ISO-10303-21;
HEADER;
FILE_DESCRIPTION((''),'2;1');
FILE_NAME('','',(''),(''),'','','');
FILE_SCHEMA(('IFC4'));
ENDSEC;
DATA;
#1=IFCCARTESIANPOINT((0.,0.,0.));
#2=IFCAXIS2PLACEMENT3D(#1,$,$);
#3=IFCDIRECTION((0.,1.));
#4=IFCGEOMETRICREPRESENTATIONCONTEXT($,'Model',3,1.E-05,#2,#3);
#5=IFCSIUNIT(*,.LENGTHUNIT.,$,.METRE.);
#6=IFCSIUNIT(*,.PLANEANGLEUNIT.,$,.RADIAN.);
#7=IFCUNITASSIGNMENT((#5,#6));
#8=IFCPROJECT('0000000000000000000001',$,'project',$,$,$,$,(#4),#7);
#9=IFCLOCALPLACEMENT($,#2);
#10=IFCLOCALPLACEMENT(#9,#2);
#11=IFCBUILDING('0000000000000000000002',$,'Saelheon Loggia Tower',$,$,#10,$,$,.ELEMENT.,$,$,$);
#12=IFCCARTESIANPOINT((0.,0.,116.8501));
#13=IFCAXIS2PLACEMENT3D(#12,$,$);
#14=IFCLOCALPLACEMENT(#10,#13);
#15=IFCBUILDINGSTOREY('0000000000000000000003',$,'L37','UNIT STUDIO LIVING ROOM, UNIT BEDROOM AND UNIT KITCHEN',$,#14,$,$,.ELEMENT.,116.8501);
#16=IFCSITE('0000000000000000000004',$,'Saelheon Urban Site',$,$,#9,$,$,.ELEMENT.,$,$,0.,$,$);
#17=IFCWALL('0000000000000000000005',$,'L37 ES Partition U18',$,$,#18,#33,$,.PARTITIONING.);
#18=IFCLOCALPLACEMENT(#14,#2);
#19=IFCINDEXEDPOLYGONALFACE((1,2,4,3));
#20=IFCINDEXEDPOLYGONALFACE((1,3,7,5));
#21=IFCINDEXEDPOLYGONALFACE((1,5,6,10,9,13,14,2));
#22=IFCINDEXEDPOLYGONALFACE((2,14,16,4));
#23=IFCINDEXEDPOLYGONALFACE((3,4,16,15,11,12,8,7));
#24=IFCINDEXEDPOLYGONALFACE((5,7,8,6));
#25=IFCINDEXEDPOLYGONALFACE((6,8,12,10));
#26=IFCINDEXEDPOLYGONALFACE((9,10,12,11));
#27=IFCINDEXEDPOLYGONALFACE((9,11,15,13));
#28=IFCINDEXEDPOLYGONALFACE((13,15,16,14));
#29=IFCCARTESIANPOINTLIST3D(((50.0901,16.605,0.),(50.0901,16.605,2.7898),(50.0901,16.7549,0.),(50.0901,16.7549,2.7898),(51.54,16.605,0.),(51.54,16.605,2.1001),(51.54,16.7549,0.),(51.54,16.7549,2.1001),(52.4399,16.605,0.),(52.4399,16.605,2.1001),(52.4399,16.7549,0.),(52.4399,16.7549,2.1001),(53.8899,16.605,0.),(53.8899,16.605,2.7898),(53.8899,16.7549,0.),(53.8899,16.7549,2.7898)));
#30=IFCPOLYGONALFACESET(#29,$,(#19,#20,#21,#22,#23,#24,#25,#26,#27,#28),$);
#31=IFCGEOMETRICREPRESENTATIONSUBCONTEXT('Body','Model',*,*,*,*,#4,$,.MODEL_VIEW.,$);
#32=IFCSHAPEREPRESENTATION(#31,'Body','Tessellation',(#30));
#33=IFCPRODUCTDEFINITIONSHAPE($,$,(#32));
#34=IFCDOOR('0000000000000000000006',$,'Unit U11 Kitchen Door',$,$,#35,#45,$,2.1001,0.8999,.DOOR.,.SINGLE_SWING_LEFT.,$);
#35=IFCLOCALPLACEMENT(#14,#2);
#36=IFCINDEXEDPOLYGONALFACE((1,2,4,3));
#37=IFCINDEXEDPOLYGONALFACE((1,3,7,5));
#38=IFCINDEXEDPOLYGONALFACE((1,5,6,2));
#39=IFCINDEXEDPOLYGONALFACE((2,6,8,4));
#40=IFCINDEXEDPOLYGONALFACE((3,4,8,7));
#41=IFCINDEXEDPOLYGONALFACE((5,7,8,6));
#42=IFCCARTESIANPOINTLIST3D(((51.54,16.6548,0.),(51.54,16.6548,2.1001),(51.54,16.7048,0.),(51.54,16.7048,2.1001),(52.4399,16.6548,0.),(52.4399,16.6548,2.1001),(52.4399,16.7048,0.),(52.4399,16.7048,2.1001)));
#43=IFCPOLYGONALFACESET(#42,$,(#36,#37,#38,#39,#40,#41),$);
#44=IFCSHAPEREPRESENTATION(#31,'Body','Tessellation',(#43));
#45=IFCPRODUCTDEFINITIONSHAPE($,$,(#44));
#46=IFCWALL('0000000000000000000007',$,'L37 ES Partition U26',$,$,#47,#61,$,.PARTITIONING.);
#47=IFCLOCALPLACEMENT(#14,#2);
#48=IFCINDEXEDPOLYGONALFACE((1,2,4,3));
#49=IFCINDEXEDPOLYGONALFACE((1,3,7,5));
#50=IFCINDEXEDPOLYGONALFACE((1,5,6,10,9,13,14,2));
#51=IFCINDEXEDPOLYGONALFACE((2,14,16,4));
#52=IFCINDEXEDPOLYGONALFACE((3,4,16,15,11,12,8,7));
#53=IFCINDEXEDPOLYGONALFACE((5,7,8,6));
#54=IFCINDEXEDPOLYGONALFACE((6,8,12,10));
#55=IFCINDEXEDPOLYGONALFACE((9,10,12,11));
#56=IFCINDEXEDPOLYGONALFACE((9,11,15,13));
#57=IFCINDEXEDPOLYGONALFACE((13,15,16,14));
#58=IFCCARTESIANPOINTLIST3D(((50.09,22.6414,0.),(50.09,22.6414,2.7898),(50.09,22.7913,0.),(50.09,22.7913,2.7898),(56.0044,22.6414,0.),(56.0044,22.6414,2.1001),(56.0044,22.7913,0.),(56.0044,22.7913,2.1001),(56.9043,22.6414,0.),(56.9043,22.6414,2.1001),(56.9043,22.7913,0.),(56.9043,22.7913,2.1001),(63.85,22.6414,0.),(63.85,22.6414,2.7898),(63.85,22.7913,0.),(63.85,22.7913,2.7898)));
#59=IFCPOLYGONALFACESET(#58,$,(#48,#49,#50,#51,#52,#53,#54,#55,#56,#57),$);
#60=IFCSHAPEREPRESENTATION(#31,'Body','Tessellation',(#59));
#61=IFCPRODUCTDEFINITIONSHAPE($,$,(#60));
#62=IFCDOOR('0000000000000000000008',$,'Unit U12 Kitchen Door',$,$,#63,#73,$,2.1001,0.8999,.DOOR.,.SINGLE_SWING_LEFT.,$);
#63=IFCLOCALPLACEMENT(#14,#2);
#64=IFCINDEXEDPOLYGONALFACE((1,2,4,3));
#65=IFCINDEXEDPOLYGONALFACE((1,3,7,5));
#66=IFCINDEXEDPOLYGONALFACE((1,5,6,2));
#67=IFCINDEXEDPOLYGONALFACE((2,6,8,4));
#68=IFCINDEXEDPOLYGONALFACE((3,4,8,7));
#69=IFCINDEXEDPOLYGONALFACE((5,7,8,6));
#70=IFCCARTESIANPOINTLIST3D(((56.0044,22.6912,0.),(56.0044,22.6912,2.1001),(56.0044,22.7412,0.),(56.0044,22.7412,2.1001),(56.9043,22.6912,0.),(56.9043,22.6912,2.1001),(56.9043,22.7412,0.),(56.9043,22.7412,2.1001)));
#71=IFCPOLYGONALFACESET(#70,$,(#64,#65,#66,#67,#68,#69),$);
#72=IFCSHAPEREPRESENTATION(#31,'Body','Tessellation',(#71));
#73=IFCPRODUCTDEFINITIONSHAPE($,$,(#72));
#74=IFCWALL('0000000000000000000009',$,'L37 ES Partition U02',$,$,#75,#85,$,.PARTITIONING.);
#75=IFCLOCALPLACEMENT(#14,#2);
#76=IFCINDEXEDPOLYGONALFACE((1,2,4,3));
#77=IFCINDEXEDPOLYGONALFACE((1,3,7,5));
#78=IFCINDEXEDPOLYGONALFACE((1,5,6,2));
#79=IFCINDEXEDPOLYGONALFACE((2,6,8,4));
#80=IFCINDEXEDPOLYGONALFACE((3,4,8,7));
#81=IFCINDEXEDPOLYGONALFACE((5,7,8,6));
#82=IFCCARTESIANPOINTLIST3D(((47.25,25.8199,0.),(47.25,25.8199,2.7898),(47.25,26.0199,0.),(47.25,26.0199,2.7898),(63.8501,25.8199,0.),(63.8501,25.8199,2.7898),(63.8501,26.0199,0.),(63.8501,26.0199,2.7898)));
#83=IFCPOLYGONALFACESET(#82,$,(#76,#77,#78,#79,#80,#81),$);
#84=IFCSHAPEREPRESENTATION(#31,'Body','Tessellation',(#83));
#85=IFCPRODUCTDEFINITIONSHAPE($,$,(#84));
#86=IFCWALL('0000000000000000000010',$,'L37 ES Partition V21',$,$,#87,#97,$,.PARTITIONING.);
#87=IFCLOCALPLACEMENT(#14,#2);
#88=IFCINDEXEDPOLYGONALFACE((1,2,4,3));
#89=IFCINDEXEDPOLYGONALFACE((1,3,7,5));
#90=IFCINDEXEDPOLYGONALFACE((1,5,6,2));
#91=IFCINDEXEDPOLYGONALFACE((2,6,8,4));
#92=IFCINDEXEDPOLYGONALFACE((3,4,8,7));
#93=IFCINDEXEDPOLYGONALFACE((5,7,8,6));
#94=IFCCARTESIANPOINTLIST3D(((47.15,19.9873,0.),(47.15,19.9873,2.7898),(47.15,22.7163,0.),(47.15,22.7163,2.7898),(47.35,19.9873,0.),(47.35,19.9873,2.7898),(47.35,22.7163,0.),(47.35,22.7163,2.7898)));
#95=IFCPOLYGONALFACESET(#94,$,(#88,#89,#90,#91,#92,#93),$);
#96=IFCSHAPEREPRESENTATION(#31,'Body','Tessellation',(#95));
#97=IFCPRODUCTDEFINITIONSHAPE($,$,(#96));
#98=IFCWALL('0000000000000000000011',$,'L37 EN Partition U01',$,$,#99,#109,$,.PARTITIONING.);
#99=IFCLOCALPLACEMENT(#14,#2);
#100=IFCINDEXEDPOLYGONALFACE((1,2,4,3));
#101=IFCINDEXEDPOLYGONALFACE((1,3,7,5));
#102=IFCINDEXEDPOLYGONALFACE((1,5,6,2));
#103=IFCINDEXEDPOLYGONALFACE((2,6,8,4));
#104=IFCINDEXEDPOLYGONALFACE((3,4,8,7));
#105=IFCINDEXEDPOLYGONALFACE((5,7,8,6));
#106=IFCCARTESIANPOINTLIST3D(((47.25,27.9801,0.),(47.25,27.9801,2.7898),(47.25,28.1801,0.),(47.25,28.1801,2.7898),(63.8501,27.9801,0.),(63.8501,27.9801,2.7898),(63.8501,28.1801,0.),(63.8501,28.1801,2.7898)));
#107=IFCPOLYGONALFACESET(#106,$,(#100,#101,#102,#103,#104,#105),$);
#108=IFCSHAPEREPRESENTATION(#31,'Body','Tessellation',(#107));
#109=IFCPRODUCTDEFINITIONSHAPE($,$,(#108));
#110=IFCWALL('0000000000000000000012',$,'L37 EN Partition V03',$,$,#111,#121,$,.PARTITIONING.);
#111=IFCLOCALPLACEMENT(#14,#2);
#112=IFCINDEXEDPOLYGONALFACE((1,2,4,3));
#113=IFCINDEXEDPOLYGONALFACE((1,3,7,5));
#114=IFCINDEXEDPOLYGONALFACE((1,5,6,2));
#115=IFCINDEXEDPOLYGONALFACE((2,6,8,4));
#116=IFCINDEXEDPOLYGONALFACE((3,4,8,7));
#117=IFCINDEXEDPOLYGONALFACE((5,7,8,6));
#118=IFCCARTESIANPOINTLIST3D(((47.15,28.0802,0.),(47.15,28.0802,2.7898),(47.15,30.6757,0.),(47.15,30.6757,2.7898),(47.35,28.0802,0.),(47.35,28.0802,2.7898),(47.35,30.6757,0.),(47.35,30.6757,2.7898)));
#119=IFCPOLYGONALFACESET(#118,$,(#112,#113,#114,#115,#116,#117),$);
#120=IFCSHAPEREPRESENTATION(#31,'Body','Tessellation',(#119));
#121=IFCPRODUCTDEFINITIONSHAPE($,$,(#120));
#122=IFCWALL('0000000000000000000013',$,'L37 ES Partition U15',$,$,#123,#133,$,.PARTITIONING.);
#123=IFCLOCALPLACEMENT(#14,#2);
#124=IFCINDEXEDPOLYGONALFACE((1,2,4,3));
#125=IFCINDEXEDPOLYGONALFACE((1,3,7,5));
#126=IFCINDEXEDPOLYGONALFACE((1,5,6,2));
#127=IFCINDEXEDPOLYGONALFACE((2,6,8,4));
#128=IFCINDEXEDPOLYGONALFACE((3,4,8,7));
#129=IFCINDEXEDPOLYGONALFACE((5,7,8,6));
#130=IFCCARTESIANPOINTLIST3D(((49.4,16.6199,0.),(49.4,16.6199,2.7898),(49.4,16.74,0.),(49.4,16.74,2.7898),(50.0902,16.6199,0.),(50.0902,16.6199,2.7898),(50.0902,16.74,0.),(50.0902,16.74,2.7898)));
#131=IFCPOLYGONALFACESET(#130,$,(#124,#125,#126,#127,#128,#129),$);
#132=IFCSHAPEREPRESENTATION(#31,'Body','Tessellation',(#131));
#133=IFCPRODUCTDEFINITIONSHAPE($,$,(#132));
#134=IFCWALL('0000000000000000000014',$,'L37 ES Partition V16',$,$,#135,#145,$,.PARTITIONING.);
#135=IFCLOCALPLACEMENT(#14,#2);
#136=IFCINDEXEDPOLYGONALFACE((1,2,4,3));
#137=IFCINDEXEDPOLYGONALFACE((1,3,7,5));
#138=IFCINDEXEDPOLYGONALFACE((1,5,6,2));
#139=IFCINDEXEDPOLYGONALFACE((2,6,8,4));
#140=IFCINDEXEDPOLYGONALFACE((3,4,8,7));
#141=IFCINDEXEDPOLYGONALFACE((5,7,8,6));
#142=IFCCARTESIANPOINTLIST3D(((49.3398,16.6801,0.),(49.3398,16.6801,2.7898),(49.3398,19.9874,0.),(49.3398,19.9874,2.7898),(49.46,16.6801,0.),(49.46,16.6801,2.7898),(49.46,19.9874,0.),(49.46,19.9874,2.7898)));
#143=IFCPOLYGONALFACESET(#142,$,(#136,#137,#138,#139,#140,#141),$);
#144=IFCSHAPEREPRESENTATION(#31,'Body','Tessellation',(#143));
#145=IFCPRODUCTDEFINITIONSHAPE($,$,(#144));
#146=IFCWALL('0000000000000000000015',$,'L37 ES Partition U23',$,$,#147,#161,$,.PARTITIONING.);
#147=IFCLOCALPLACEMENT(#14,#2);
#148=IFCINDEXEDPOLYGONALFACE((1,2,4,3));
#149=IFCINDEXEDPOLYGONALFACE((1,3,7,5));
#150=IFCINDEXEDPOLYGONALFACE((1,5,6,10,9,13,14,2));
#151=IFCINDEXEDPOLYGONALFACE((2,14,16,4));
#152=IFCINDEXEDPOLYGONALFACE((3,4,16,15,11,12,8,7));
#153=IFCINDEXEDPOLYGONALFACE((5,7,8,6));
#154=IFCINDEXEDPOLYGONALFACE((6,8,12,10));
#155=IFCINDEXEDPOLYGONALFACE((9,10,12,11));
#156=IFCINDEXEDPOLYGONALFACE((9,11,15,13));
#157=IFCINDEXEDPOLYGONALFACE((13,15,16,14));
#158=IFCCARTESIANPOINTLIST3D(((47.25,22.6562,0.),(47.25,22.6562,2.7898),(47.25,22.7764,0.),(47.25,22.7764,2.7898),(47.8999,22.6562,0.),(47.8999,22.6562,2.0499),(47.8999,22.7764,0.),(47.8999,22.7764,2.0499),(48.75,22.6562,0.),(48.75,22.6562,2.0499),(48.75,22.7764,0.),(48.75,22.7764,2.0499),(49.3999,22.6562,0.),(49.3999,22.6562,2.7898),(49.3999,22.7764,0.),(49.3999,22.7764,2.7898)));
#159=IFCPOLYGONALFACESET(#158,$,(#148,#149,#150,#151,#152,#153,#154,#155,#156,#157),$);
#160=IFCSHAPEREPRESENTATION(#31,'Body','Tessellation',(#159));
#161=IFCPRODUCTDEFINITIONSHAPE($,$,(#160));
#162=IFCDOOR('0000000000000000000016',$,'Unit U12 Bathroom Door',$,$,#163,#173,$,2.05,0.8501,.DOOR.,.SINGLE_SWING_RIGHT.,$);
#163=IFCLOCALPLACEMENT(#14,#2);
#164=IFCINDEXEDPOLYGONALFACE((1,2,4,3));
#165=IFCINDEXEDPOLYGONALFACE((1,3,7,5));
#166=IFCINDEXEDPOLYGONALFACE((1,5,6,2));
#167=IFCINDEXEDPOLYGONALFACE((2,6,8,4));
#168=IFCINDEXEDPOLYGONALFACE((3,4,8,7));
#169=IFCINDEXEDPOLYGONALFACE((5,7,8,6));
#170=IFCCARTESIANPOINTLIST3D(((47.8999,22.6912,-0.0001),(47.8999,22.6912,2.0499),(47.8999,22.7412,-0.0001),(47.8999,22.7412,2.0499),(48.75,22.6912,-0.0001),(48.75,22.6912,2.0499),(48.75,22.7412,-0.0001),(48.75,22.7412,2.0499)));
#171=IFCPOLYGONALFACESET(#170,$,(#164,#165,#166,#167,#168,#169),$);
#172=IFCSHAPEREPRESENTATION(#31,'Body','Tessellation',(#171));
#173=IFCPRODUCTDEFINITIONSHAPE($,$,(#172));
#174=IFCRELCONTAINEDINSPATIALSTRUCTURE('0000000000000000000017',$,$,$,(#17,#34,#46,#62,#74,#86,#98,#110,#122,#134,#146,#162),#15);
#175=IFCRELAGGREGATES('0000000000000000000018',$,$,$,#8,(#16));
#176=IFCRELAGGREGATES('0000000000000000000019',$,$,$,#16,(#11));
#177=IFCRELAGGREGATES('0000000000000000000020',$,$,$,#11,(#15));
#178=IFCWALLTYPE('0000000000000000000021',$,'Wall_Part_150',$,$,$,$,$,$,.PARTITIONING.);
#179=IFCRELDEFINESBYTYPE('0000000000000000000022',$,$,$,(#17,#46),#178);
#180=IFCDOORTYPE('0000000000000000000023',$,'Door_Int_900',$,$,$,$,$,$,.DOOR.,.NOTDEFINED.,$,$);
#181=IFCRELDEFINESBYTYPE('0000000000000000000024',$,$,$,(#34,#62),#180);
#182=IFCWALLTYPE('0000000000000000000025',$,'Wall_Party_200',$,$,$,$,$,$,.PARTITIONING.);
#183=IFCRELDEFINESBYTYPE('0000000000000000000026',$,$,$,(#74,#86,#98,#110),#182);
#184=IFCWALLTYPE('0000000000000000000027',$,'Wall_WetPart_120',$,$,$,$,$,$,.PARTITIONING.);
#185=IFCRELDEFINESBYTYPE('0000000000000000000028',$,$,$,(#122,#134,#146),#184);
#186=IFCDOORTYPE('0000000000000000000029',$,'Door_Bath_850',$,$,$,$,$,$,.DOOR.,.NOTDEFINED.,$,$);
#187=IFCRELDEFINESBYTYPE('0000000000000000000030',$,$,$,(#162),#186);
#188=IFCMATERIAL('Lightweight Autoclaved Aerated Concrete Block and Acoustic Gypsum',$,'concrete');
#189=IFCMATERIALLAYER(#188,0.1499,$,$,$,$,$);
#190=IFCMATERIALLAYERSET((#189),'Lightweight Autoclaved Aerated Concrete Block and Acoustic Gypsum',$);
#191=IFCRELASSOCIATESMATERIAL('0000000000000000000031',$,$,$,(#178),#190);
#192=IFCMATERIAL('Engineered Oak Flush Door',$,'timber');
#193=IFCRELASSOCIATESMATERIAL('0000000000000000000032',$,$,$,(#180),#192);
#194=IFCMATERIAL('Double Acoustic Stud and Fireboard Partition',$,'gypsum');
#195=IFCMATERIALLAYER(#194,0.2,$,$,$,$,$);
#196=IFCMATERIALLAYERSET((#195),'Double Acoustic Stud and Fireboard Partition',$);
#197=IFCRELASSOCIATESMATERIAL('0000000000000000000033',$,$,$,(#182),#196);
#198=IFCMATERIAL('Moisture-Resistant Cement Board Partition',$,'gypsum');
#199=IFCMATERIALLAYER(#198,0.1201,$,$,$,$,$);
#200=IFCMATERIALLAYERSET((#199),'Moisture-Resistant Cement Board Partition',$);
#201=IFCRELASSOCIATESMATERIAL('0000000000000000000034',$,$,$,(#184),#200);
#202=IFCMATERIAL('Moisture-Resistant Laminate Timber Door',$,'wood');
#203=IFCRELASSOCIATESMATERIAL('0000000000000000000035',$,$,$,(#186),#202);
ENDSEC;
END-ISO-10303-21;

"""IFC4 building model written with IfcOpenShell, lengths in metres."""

from ifc_helpers import new_model, si_unit, direction, frame, frame_2d, origin, place, context, subcontext, project, spatial, rectangle, extrude, source, transform, mapped, material, layer, layer_set, type_object, element, fill, save


model = new_model("IFC4")

# Units and contexts
model_context = context("Model", 3, precision=1e-05, world=origin(), true_north=direction((0.0, 1.0)))
body_context = subcontext(model_context, "Body", "Model", "MODEL_VIEW")
ifc_project = project(units=[si_unit("LENGTHUNIT", "METRE"), si_unit("PLANEANGLEUNIT", "RADIAN")], contexts=[model_context])

# Site, building, storey
site_placement = place(None, origin())
site = spatial("IfcSite", under=ifc_project, at=site_placement, Name="Saelheon Urban Site", CompositionType="ELEMENT", RefElevation=0.0)
building_placement = place(site_placement, origin())
building = spatial("IfcBuilding", under=site, at=building_placement, Name="Saelheon Loggia Tower", CompositionType="ELEMENT")
storey_placement = place(building_placement, frame((0.0, 0.0, 116.8501)))
storey = spatial("IfcBuildingStorey", under=building, at=storey_placement, Name="L37", Description="UNIT STUDIO LIVING ROOM, UNIT BEDROOM AND UNIT KITCHEN", CompositionType="ELEMENT", Elevation=116.8501)

# Walls, openings, doors
ifc_material_1 = material(Name="Lightweight Autoclaved Aerated Concrete Block and Acoustic Gypsum", Category="concrete")
ifc_layer_1 = layer(ifc_material_1, 0.1499)
ifc_layer_set_1 = layer_set([ifc_layer_1], Name="Lightweight Autoclaved Aerated Concrete Block and Acoustic Gypsum")
wall_type_1 = type_object("IfcWallType", Name="Wall_Part_150", PredefinedType="PARTITIONING", material=ifc_layer_set_1)
wall_1_placement = place(storey_placement, frame((50.0901, 16.6799, 0.0), z_axis=(0.0, 0.0, 1.0), x_axis=(1.0, 0.0, 0.0)))
wall_1 = element("IfcWall", 1, at=wall_1_placement, inside=storey, type_object=wall_type_1, Name="L37 ES Partition U18", PredefinedType="PARTITIONING", context=body_context, shape_type="SweptSolid", body=[
    extrude(rectangle(XDim=3.7998, YDim=0.1499, at=frame_2d((1.8999, 0.0))), origin(), (0.0, 0.0, 1.0), 2.7898),
])
opening_1_placement = place(wall_1_placement, frame((1.45, 0.0, 0.0)))
opening_1 = element("IfcOpeningElement", 2, at=opening_1_placement, cuts=wall_1, PredefinedType="OPENING", context=body_context, shape_type="SweptSolid", body=[
    extrude(rectangle(XDim=0.8999, YDim=2.1001, at=frame_2d((0.45, 1.05))), frame((0.0, 0.0869, 0.0), z_axis=(0.0, -1.0, 0.0), x_axis=(1.0, 0.0, 0.0)), (0.0, 0.0, 1.0), 0.1738),
])
ifc_material_2 = material(Name="Engineered Oak Flush Door", Category="timber")
door_type_1 = type_object("IfcDoorType", Name="Door_Int_900", OperationType="NOTDEFINED", PredefinedType="DOOR", material=ifc_material_2)
shared_shape_1 = source(origin(), body_context, "Body", "SweptSolid", [
    extrude(rectangle(XDim=0.8999, YDim=2.1001, at=frame_2d((0.45, 1.05))), frame((0.0, 0.0249, 0.0), z_axis=(0.0, -1.0, 0.0), x_axis=(1.0, 0.0, 0.0)), (0.0, 0.0, 1.0), 0.05),
])
door_1_placement = place(opening_1_placement, origin())
door_1 = element("IfcDoor", 3, at=door_1_placement, inside=storey, type_object=door_type_1, Name="Unit U11 Kitchen Door", OperationType="SINGLE_SWING_LEFT", OverallHeight=2.1001, OverallWidth=0.8999, PredefinedType="DOOR", context=body_context, shape_type="MappedRepresentation", body=[
    mapped(shared_shape_1, transform((0.0, 0.0, 0.0), scale=1.0)),
])
fill(opening_1, door_1)
wall_2_placement = place(storey_placement, frame((50.0901, 22.7163, 0.0), z_axis=(0.0, 0.0, 1.0), x_axis=(1.0, 0.0, 0.0)))
wall_2 = element("IfcWall", 4, at=wall_2_placement, inside=storey, type_object=wall_type_1, Name="L37 ES Partition U26", PredefinedType="PARTITIONING", context=body_context, shape_type="SweptSolid", body=[
    extrude(rectangle(XDim=13.76, YDim=0.1499, at=frame_2d((6.8799, 0.0))), origin(), (0.0, 0.0, 1.0), 2.7898),
])
opening_2_placement = place(wall_2_placement, frame((5.9143, 0.0, 0.0)))
opening_2 = element("IfcOpeningElement", 5, at=opening_2_placement, cuts=wall_2, PredefinedType="OPENING", context=body_context, shape_type="SweptSolid", body=[
    extrude(rectangle(XDim=0.8999, YDim=2.1001, at=frame_2d((0.45, 1.05))), frame((0.0, 0.0869, 0.0), z_axis=(0.0, -1.0, 0.0), x_axis=(1.0, 0.0, 0.0)), (0.0, 0.0, 1.0), 0.1738),
])
door_2_placement = place(opening_2_placement, origin())
door_2 = element("IfcDoor", 6, at=door_2_placement, inside=storey, type_object=door_type_1, Name="Unit U12 Kitchen Door", OperationType="SINGLE_SWING_LEFT", OverallHeight=2.1001, OverallWidth=0.8999, PredefinedType="DOOR", context=body_context, shape_type="MappedRepresentation", body=[
    mapped(shared_shape_1, transform((0.0, 0.0, 0.0), scale=1.0)),
])
fill(opening_2, door_2)

# Walls
ifc_material_3 = material(Name="Double Acoustic Stud and Fireboard Partition", Category="gypsum")
ifc_layer_2 = layer(ifc_material_3, 0.2)
ifc_layer_set_2 = layer_set([ifc_layer_2], Name="Double Acoustic Stud and Fireboard Partition")
wall_type_2 = type_object("IfcWallType", Name="Wall_Party_200", PredefinedType="PARTITIONING", material=ifc_layer_set_2)
wall_3_placement = place(storey_placement, frame((47.25, 25.9199, 0.0), z_axis=(0.0, 0.0, 1.0), x_axis=(1.0, 0.0, 0.0)))
element("IfcWall", 7, at=wall_3_placement, inside=storey, type_object=wall_type_2, Name="L37 ES Partition U02", PredefinedType="PARTITIONING", context=body_context, shape_type="SweptSolid", body=[
    extrude(rectangle(XDim=16.6001, YDim=0.2, at=frame_2d((8.3, 0.0))), origin(), (0.0, 0.0, 1.0), 2.7898),
])
wall_4_placement = place(storey_placement, frame((47.25, 19.9873, 0.0), z_axis=(0.0, 0.0, 1.0), x_axis=(0.0, 1.0, 0.0)))
element("IfcWall", 8, at=wall_4_placement, inside=storey, type_object=wall_type_2, Name="L37 ES Partition V21", PredefinedType="PARTITIONING", context=body_context, shape_type="SweptSolid", body=[
    extrude(rectangle(XDim=2.729, YDim=0.2, at=frame_2d((1.3645, 0.0))), origin(), (0.0, 0.0, 1.0), 2.7898),
])

# Walls
wall_5_placement = place(storey_placement, frame((47.25, 28.0801, 0.0), z_axis=(0.0, 0.0, 1.0), x_axis=(1.0, 0.0, 0.0)))
element("IfcWall", 9, at=wall_5_placement, inside=storey, type_object=wall_type_2, Name="L37 EN Partition U01", PredefinedType="PARTITIONING", context=body_context, shape_type="SweptSolid", body=[
    extrude(rectangle(XDim=16.6001, YDim=0.2, at=frame_2d((8.3, 0.0))), origin(), (0.0, 0.0, 1.0), 2.7898),
])
wall_6_placement = place(storey_placement, frame((47.25, 28.0801, 0.0), z_axis=(0.0, 0.0, 1.0), x_axis=(0.0, 1.0, 0.0)))
element("IfcWall", 10, at=wall_6_placement, inside=storey, type_object=wall_type_2, Name="L37 EN Partition V03", PredefinedType="PARTITIONING", context=body_context, shape_type="SweptSolid", body=[
    extrude(rectangle(XDim=2.5955, YDim=0.2, at=frame_2d((1.2979, 0.0))), origin(), (0.0, 0.0, 1.0), 2.7898),
])
ifc_material_4 = material(Name="Moisture-Resistant Cement Board Partition", Category="gypsum")
ifc_layer_3 = layer(ifc_material_4, 0.1201)
ifc_layer_set_3 = layer_set([ifc_layer_3], Name="Moisture-Resistant Cement Board Partition")
wall_type_3 = type_object("IfcWallType", Name="Wall_WetPart_120", PredefinedType="PARTITIONING", material=ifc_layer_set_3)
wall_7_placement = place(storey_placement, frame((49.3999, 16.6799, 0.0), z_axis=(0.0, 0.0, 1.0), x_axis=(1.0, 0.0, 0.0)))
element("IfcWall", 11, at=wall_7_placement, inside=storey, type_object=wall_type_3, Name="L37 ES Partition U15", PredefinedType="PARTITIONING", context=body_context, shape_type="SweptSolid", body=[
    extrude(rectangle(XDim=0.6902, YDim=0.1201, at=frame_2d((0.3452, 0.0))), origin(), (0.0, 0.0, 1.0), 2.7898),
])
wall_8_placement = place(storey_placement, frame((49.3999, 16.6799, 0.0), z_axis=(0.0, 0.0, 1.0), x_axis=(0.0, 1.0, 0.0)))
element("IfcWall", 12, at=wall_8_placement, inside=storey, type_object=wall_type_3, Name="L37 ES Partition V16", PredefinedType="PARTITIONING", context=body_context, shape_type="SweptSolid", body=[
    extrude(rectangle(XDim=3.3074, YDim=0.1201, at=frame_2d((1.6538, 0.0))), origin(), (0.0, 0.0, 1.0), 2.7898),
])

# Wall, opening, door
wall_9_placement = place(storey_placement, frame((47.25, 22.7163, 0.0), z_axis=(0.0, 0.0, 1.0), x_axis=(1.0, 0.0, 0.0)))
wall_9 = element("IfcWall", 13, at=wall_9_placement, inside=storey, type_object=wall_type_3, Name="L37 ES Partition U23", PredefinedType="PARTITIONING", context=body_context, shape_type="SweptSolid", body=[
    extrude(rectangle(XDim=2.1499, YDim=0.1201, at=frame_2d((1.075, 0.0))), origin(), (0.0, 0.0, 1.0), 2.7898),
])
opening_3_placement = place(wall_9_placement, frame((0.6499, 0.0, 0.0)))
opening_3 = element("IfcOpeningElement", 14, at=opening_3_placement, cuts=wall_9, PredefinedType="OPENING", context=body_context, shape_type="SweptSolid", body=[
    extrude(rectangle(XDim=0.8501, YDim=2.05, at=frame_2d((0.425, 1.0249))), frame((0.0, 0.072, 0.0), z_axis=(0.0, -1.0, 0.0), x_axis=(1.0, 0.0, 0.0)), (0.0, 0.0, 1.0), 0.144),
])
ifc_material_5 = material(Name="Moisture-Resistant Laminate Timber Door", Category="wood")
door_type_2 = type_object("IfcDoorType", Name="Door_Bath_850", OperationType="NOTDEFINED", PredefinedType="DOOR", material=ifc_material_5)
shared_shape_2 = source(origin(), body_context, "Body", "SweptSolid", [
    extrude(rectangle(XDim=0.8501, YDim=2.05, at=frame_2d((0.425, 1.0249))), frame((0.0, 0.0249, 0.0), z_axis=(0.0, -1.0, 0.0), x_axis=(1.0, 0.0, 0.0)), (0.0, 0.0, 1.0), 0.05),
])
door_3_placement = place(opening_3_placement, origin())
door_3 = element("IfcDoor", 15, at=door_3_placement, inside=storey, type_object=door_type_2, Name="Unit U12 Bathroom Door", OperationType="SINGLE_SWING_RIGHT", OverallHeight=2.05, OverallWidth=0.8501, PredefinedType="DOOR", context=body_context, shape_type="MappedRepresentation", body=[
    mapped(shared_shape_2, transform((0.0, 0.0, 0.0), scale=1.0)),
])
fill(opening_3, door_3)

save(model, "model.ifc")
